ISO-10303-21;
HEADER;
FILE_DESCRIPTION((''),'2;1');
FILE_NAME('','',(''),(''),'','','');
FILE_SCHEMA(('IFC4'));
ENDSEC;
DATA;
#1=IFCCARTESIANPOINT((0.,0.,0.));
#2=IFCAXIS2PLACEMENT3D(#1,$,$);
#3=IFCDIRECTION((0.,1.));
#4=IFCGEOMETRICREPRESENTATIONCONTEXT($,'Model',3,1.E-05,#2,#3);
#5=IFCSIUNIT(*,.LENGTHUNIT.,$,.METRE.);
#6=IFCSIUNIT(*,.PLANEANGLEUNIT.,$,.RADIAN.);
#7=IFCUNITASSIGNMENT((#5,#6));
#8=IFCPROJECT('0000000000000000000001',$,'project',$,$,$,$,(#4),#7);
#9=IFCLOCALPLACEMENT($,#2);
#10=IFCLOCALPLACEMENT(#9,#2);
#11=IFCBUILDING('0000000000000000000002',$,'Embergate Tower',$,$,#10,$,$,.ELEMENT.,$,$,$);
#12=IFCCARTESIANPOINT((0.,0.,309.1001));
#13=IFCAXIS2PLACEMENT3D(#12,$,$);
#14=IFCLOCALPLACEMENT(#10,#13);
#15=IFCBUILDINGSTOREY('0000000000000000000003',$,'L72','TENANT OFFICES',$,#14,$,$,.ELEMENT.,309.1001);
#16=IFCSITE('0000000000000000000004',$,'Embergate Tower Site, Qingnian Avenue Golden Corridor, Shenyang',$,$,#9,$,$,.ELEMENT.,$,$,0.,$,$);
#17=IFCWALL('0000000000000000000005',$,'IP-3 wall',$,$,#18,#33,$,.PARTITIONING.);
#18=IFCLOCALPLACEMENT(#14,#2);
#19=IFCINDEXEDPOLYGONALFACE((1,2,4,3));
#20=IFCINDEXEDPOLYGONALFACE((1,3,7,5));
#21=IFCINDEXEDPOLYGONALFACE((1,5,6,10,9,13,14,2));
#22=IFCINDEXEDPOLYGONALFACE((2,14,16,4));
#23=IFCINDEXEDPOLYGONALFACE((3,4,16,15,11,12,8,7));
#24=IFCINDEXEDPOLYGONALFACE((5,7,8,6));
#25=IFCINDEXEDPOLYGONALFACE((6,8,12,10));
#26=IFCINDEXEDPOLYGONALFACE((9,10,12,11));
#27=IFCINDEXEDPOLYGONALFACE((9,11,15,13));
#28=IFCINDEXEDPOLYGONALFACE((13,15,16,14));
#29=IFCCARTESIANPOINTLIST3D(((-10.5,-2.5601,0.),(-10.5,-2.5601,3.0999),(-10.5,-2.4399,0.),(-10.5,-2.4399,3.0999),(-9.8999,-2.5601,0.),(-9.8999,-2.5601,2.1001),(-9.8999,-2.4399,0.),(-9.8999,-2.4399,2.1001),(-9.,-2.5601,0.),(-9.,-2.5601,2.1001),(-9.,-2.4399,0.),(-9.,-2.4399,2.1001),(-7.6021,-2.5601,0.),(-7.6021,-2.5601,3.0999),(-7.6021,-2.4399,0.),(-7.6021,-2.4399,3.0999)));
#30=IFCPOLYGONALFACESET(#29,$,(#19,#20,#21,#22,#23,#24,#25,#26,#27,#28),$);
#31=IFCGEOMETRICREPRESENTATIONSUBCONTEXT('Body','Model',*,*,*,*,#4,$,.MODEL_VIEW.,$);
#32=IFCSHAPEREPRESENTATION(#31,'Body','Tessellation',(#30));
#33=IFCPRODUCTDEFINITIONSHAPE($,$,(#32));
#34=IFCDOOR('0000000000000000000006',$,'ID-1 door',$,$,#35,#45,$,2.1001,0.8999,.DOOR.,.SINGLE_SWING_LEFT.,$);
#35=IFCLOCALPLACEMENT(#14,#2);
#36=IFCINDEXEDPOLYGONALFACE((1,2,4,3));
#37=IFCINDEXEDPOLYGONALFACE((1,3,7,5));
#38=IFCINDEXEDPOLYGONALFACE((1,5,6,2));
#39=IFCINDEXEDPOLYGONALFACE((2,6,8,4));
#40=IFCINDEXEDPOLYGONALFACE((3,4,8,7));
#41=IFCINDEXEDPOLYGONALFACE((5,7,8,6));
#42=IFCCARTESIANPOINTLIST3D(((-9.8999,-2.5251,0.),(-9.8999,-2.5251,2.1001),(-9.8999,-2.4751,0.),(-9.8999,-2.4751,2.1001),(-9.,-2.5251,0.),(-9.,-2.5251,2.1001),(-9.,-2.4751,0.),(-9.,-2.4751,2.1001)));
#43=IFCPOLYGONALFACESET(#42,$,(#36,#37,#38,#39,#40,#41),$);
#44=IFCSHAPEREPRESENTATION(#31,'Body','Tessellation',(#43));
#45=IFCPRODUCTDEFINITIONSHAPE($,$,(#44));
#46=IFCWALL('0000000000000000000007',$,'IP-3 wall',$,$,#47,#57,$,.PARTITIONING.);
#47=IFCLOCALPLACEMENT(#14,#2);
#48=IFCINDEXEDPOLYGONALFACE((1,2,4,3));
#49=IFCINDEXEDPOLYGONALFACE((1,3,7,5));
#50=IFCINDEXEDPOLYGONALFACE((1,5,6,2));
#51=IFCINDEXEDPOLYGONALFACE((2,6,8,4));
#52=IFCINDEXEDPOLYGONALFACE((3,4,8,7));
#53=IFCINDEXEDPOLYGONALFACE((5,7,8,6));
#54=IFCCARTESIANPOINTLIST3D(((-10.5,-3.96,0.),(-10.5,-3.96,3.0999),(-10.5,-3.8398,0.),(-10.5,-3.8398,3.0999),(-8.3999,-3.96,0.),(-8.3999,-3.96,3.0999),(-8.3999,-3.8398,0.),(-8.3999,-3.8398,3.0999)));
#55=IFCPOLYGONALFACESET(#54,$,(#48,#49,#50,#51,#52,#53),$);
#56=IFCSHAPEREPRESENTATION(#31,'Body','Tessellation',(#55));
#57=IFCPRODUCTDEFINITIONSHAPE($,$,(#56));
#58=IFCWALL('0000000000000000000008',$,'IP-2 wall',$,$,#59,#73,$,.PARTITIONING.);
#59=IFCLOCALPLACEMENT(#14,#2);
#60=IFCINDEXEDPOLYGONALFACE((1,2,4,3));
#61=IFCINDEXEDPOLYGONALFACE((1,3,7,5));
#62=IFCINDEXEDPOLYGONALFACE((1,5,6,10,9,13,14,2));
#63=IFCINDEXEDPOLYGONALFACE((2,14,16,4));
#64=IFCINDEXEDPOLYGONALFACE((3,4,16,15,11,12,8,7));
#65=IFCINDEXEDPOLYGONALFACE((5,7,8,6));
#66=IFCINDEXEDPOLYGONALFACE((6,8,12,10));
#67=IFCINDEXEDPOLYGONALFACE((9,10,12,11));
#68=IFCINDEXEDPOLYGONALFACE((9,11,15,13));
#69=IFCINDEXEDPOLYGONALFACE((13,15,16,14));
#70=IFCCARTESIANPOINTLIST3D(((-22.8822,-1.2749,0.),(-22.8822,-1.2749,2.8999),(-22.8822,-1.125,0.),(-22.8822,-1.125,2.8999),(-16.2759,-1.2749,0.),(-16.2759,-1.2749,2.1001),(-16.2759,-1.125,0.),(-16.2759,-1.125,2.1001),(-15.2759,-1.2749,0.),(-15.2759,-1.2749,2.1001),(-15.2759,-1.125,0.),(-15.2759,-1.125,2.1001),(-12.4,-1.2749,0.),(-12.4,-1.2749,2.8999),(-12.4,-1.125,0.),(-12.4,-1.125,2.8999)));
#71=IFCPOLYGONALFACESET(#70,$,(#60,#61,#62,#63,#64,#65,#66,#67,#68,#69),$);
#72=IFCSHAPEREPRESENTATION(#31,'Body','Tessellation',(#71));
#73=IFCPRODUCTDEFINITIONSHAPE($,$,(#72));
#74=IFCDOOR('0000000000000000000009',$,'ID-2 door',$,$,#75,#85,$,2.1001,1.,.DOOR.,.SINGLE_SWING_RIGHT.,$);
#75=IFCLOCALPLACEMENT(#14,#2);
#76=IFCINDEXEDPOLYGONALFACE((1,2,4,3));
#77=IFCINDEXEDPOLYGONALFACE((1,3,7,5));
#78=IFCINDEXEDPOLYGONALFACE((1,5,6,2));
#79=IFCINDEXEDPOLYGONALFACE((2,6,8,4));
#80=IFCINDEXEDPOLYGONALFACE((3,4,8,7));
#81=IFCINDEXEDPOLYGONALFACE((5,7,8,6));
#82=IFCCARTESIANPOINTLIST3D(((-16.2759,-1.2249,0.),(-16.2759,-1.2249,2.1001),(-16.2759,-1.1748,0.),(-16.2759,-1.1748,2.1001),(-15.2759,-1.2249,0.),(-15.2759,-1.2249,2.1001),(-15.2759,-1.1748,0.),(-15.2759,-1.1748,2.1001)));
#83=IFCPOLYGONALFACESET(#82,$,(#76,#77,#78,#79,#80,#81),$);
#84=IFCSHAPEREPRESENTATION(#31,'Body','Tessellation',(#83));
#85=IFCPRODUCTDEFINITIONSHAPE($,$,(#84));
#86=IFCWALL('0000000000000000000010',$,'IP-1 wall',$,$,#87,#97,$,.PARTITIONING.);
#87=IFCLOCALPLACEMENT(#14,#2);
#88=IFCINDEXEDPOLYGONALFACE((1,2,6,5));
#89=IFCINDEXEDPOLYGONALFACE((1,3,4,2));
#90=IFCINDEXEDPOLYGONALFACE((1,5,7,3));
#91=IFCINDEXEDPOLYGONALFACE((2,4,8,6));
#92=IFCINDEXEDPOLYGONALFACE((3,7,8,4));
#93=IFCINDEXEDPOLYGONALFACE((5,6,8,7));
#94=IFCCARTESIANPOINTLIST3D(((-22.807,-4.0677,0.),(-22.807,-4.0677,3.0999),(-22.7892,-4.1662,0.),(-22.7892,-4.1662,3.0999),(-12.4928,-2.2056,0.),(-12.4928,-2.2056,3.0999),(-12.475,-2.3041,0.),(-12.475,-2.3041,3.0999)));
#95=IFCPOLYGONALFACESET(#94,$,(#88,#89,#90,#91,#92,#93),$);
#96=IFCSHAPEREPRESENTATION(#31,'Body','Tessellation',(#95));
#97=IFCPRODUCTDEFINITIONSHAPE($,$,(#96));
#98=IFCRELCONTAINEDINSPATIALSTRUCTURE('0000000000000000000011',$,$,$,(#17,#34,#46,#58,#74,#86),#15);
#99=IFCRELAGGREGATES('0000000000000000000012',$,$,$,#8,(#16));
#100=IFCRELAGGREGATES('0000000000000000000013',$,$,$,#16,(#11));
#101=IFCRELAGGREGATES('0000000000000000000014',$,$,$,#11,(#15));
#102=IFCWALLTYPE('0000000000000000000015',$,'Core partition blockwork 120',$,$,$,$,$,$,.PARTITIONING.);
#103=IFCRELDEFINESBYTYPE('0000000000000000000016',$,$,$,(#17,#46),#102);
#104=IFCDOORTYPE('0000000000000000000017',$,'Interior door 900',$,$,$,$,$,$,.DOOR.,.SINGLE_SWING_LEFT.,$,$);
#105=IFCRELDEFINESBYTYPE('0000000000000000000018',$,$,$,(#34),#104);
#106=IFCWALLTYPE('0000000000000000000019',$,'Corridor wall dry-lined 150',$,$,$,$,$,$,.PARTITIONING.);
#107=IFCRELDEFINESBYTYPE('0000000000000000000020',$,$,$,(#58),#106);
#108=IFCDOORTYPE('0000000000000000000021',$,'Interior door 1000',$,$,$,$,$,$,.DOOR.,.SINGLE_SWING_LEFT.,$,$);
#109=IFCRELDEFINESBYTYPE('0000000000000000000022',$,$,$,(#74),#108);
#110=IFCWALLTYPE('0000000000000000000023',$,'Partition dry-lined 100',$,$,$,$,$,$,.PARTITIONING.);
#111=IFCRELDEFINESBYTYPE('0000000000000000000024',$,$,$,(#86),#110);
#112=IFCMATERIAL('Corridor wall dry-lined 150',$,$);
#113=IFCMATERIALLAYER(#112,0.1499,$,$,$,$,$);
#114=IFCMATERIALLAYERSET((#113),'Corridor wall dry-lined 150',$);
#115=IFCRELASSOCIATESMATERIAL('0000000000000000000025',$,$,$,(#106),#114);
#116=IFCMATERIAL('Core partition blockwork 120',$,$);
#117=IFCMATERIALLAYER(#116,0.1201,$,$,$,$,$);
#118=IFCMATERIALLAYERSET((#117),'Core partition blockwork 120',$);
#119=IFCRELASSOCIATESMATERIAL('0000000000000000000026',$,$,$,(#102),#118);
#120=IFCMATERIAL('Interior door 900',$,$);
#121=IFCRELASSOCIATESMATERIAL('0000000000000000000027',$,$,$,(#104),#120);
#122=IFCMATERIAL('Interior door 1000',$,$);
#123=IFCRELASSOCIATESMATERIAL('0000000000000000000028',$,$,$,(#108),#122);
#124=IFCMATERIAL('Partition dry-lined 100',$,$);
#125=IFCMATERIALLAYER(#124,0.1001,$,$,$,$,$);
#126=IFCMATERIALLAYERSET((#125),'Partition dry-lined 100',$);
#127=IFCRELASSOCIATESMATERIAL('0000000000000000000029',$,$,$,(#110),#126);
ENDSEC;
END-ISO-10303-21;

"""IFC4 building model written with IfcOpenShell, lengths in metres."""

from ifc_helpers import new_model, si_unit, direction, frame, frame_2d, origin, place, context, subcontext, project, spatial, rectangle, extrude, source, transform, mapped, material, layer, layer_set, type_object, element, fill, save


model = new_model("IFC4")

# Units and contexts
model_context = context("Model", 3, precision=1e-05, world=origin(), true_north=direction((0.0, 1.0)))
body_context = subcontext(model_context, "Body", "Model", "MODEL_VIEW")
ifc_project = project(units=[si_unit("LENGTHUNIT", "METRE"), si_unit("PLANEANGLEUNIT", "RADIAN")], contexts=[model_context])

# Site, building, storey
site_placement = place(None, origin())
site = spatial("IfcSite", under=ifc_project, at=site_placement, Name="Embergate Tower Site, Qingnian Avenue Golden Corridor, Shenyang", CompositionType="ELEMENT", RefElevation=0.0)
building_placement = place(site_placement, origin())
building = spatial("IfcBuilding", under=site, at=building_placement, Name="Embergate Tower", CompositionType="ELEMENT")
storey_placement = place(building_placement, frame((0.0, 0.0, 309.1001)))
storey = spatial("IfcBuildingStorey", under=building, at=storey_placement, Name="L72", Description="TENANT OFFICES", CompositionType="ELEMENT", Elevation=309.1001)

# Shared definitions
ifc_material_1 = material(Name="Corridor wall dry-lined 150")
ifc_layer_1 = layer(ifc_material_1, 0.1499)
ifc_layer_set_1 = layer_set([ifc_layer_1], Name="Corridor wall dry-lined 150")
wall_type_1 = type_object("IfcWallType", Name="Corridor wall dry-lined 150", PredefinedType="PARTITIONING", material=ifc_layer_set_1)

# Wall, opening, door
ifc_material_2 = material(Name="Core partition blockwork 120")
ifc_layer_2 = layer(ifc_material_2, 0.1201)
ifc_layer_set_2 = layer_set([ifc_layer_2], Name="Core partition blockwork 120")
wall_type_2 = type_object("IfcWallType", Name="Core partition blockwork 120", PredefinedType="PARTITIONING", material=ifc_layer_set_2)
shared_shape_1 = source(origin(), body_context, "Body", "SweptSolid", [
    extrude(rectangle(XDim=2.8979, YDim=0.1201, at=frame_2d((1.449, 0.0))), origin(), (0.0, 0.0, 1.0), 3.0999),
])
wall_1_placement = place(storey_placement, frame((-10.5, -2.5, 0.0), z_axis=(0.0, 0.0, 1.0), x_axis=(1.0, 0.0, 0.0)))
wall_1 = element("IfcWall", 1, at=wall_1_placement, inside=storey, type_object=wall_type_2, Name="IP-3 wall", PredefinedType="PARTITIONING", context=body_context, shape_type="MappedRepresentation", body=[
    mapped(shared_shape_1, transform((0.0, 0.0, 0.0))),
])
shared_shape_2 = source(origin(), body_context, "Body", "SweptSolid", [
    extrude(rectangle(XDim=0.8999, YDim=2.1001, at=frame_2d((0.45, 1.05))), frame((0.0, 0.0701, 0.0), z_axis=(0.0, -1.0, 0.0), x_axis=(1.0, 0.0, 0.0)), (0.0, 0.0, 1.0), 0.1401),
])
opening_1_placement = place(wall_1_placement, frame((0.6001, 0.0, 0.0)))
opening_1 = element("IfcOpeningElement", 2, at=opening_1_placement, cuts=wall_1, PredefinedType="OPENING", context=body_context, shape_type="MappedRepresentation", body=[
    mapped(shared_shape_2, transform((0.0, 0.0, 0.0))),
])
ifc_material_3 = material(Name="Interior door 900")
door_type_1 = type_object("IfcDoorType", Name="Interior door 900", OperationType="SINGLE_SWING_LEFT", PredefinedType="DOOR", material=ifc_material_3)
shared_shape_3 = source(origin(), body_context, "Body", "SweptSolid", [
    extrude(rectangle(XDim=0.8999, YDim=2.1001, at=frame_2d((0.45, 1.05))), frame((0.0, 0.0249, 0.0), z_axis=(0.0, -1.0, 0.0), x_axis=(1.0, 0.0, 0.0)), (0.0, 0.0, 1.0), 0.05),
])
door_1_placement = place(opening_1_placement, origin())
door_1 = element("IfcDoor", 3, at=door_1_placement, inside=storey, type_object=door_type_1, Name="ID-1 door", OperationType="SINGLE_SWING_LEFT", OverallHeight=2.1001, OverallWidth=0.8999, PredefinedType="DOOR", context=body_context, shape_type="MappedRepresentation", body=[
    mapped(shared_shape_3, transform((0.0, 0.0, 0.0))),
])
fill(opening_1, door_1)

# Wall
shared_shape_4 = source(origin(), body_context, "Body", "SweptSolid", [
    extrude(rectangle(XDim=2.1001, YDim=0.1201, at=frame_2d((1.05, 0.0))), origin(), (0.0, 0.0, 1.0), 3.0999),
])
wall_2_placement = place(storey_placement, frame((-10.5, -3.8999, 0.0), z_axis=(0.0, 0.0, 1.0), x_axis=(1.0, 0.0, 0.0)))
element("IfcWall", 4, at=wall_2_placement, inside=storey, type_object=wall_type_2, Name="IP-3 wall", PredefinedType="PARTITIONING", context=body_context, shape_type="MappedRepresentation", body=[
    mapped(shared_shape_4, transform((0.0, 0.0, 0.0))),
])

# Wall, opening, door
shared_shape_5 = source(origin(), body_context, "Body", "SweptSolid", [
    extrude(rectangle(XDim=10.4822, YDim=0.1499, at=frame_2d((5.2412, 0.0))), origin(), (0.0, 0.0, 1.0), 2.8999),
])
wall_3_placement = place(storey_placement, frame((-12.3999, -1.2, 0.0), z_axis=(0.0, 0.0, 1.0), x_axis=(-1.0, 0.0, 0.0)))
wall_3 = element("IfcWall", 5, at=wall_3_placement, inside=storey, type_object=wall_type_1, Name="IP-2 wall", PredefinedType="PARTITIONING", context=body_context, shape_type="MappedRepresentation", body=[
    mapped(shared_shape_5, transform((0.0, 0.0, 0.0))),
])
shared_shape_6 = source(origin(), body_context, "Body", "SweptSolid", [
    extrude(rectangle(XDim=1.0, YDim=2.1001, at=frame_2d((0.5, 1.05))), frame((0.0, 0.085, 0.0), z_axis=(0.0, -1.0, 0.0), x_axis=(1.0, 0.0, 0.0)), (0.0, 0.0, 1.0), 0.1699),
])
opening_2_placement = place(wall_3_placement, frame((2.876, 0.0, 0.0)))
opening_2 = element("IfcOpeningElement", 6, at=opening_2_placement, cuts=wall_3, PredefinedType="OPENING", context=body_context, shape_type="MappedRepresentation", body=[
    mapped(shared_shape_6, transform((0.0, 0.0, 0.0))),
])
ifc_material_4 = material(Name="Interior door 1000")
door_type_2 = type_object("IfcDoorType", Name="Interior door 1000", OperationType="SINGLE_SWING_LEFT", PredefinedType="DOOR", material=ifc_material_4)
shared_shape_7 = source(origin(), body_context, "Body", "SweptSolid", [
    extrude(rectangle(XDim=1.0, YDim=2.1001, at=frame_2d((0.5, 1.05))), frame((0.0, 0.0249, 0.0), z_axis=(0.0, -1.0, 0.0), x_axis=(1.0, 0.0, 0.0)), (0.0, 0.0, 1.0), 0.05),
])
door_2_placement = place(opening_2_placement, origin())
door_2 = element("IfcDoor", 7, at=door_2_placement, inside=storey, type_object=door_type_2, Name="ID-2 door", OperationType="SINGLE_SWING_RIGHT", OverallHeight=2.1001, OverallWidth=1.0, PredefinedType="DOOR", context=body_context, shape_type="MappedRepresentation", body=[
    mapped(shared_shape_7, transform((0.0, 0.0, 0.0))),
])
fill(opening_2, door_2)

# Wall
ifc_material_5 = material(Name="Partition dry-lined 100")
ifc_layer_3 = layer(ifc_material_5, 0.1001)
ifc_layer_set_3 = layer_set([ifc_layer_3], Name="Partition dry-lined 100")
wall_type_3 = type_object("IfcWallType", Name="Partition dry-lined 100", PredefinedType="PARTITIONING", material=ifc_layer_set_3)
shared_shape_8 = source(origin(), body_context, "Body", "SweptSolid", [
    extrude(rectangle(XDim=10.481, YDim=0.1001, at=frame_2d((5.2405, 0.0))), origin(), (0.0, 0.0, 1.0), 3.0999),
])
wall_4_placement = place(storey_placement, frame((-12.4839, -2.2549, 0.0), z_axis=(0.0, 0.0, 1.0), x_axis=(-0.984092, -0.177662, 0.0)))
element("IfcWall", 8, at=wall_4_placement, inside=storey, type_object=wall_type_3, Name="IP-1 wall", PredefinedType="PARTITIONING", context=body_context, shape_type="MappedRepresentation", body=[
    mapped(shared_shape_8, transform((0.0, 0.0, 0.0))),
])

save(model, "model.ifc")
